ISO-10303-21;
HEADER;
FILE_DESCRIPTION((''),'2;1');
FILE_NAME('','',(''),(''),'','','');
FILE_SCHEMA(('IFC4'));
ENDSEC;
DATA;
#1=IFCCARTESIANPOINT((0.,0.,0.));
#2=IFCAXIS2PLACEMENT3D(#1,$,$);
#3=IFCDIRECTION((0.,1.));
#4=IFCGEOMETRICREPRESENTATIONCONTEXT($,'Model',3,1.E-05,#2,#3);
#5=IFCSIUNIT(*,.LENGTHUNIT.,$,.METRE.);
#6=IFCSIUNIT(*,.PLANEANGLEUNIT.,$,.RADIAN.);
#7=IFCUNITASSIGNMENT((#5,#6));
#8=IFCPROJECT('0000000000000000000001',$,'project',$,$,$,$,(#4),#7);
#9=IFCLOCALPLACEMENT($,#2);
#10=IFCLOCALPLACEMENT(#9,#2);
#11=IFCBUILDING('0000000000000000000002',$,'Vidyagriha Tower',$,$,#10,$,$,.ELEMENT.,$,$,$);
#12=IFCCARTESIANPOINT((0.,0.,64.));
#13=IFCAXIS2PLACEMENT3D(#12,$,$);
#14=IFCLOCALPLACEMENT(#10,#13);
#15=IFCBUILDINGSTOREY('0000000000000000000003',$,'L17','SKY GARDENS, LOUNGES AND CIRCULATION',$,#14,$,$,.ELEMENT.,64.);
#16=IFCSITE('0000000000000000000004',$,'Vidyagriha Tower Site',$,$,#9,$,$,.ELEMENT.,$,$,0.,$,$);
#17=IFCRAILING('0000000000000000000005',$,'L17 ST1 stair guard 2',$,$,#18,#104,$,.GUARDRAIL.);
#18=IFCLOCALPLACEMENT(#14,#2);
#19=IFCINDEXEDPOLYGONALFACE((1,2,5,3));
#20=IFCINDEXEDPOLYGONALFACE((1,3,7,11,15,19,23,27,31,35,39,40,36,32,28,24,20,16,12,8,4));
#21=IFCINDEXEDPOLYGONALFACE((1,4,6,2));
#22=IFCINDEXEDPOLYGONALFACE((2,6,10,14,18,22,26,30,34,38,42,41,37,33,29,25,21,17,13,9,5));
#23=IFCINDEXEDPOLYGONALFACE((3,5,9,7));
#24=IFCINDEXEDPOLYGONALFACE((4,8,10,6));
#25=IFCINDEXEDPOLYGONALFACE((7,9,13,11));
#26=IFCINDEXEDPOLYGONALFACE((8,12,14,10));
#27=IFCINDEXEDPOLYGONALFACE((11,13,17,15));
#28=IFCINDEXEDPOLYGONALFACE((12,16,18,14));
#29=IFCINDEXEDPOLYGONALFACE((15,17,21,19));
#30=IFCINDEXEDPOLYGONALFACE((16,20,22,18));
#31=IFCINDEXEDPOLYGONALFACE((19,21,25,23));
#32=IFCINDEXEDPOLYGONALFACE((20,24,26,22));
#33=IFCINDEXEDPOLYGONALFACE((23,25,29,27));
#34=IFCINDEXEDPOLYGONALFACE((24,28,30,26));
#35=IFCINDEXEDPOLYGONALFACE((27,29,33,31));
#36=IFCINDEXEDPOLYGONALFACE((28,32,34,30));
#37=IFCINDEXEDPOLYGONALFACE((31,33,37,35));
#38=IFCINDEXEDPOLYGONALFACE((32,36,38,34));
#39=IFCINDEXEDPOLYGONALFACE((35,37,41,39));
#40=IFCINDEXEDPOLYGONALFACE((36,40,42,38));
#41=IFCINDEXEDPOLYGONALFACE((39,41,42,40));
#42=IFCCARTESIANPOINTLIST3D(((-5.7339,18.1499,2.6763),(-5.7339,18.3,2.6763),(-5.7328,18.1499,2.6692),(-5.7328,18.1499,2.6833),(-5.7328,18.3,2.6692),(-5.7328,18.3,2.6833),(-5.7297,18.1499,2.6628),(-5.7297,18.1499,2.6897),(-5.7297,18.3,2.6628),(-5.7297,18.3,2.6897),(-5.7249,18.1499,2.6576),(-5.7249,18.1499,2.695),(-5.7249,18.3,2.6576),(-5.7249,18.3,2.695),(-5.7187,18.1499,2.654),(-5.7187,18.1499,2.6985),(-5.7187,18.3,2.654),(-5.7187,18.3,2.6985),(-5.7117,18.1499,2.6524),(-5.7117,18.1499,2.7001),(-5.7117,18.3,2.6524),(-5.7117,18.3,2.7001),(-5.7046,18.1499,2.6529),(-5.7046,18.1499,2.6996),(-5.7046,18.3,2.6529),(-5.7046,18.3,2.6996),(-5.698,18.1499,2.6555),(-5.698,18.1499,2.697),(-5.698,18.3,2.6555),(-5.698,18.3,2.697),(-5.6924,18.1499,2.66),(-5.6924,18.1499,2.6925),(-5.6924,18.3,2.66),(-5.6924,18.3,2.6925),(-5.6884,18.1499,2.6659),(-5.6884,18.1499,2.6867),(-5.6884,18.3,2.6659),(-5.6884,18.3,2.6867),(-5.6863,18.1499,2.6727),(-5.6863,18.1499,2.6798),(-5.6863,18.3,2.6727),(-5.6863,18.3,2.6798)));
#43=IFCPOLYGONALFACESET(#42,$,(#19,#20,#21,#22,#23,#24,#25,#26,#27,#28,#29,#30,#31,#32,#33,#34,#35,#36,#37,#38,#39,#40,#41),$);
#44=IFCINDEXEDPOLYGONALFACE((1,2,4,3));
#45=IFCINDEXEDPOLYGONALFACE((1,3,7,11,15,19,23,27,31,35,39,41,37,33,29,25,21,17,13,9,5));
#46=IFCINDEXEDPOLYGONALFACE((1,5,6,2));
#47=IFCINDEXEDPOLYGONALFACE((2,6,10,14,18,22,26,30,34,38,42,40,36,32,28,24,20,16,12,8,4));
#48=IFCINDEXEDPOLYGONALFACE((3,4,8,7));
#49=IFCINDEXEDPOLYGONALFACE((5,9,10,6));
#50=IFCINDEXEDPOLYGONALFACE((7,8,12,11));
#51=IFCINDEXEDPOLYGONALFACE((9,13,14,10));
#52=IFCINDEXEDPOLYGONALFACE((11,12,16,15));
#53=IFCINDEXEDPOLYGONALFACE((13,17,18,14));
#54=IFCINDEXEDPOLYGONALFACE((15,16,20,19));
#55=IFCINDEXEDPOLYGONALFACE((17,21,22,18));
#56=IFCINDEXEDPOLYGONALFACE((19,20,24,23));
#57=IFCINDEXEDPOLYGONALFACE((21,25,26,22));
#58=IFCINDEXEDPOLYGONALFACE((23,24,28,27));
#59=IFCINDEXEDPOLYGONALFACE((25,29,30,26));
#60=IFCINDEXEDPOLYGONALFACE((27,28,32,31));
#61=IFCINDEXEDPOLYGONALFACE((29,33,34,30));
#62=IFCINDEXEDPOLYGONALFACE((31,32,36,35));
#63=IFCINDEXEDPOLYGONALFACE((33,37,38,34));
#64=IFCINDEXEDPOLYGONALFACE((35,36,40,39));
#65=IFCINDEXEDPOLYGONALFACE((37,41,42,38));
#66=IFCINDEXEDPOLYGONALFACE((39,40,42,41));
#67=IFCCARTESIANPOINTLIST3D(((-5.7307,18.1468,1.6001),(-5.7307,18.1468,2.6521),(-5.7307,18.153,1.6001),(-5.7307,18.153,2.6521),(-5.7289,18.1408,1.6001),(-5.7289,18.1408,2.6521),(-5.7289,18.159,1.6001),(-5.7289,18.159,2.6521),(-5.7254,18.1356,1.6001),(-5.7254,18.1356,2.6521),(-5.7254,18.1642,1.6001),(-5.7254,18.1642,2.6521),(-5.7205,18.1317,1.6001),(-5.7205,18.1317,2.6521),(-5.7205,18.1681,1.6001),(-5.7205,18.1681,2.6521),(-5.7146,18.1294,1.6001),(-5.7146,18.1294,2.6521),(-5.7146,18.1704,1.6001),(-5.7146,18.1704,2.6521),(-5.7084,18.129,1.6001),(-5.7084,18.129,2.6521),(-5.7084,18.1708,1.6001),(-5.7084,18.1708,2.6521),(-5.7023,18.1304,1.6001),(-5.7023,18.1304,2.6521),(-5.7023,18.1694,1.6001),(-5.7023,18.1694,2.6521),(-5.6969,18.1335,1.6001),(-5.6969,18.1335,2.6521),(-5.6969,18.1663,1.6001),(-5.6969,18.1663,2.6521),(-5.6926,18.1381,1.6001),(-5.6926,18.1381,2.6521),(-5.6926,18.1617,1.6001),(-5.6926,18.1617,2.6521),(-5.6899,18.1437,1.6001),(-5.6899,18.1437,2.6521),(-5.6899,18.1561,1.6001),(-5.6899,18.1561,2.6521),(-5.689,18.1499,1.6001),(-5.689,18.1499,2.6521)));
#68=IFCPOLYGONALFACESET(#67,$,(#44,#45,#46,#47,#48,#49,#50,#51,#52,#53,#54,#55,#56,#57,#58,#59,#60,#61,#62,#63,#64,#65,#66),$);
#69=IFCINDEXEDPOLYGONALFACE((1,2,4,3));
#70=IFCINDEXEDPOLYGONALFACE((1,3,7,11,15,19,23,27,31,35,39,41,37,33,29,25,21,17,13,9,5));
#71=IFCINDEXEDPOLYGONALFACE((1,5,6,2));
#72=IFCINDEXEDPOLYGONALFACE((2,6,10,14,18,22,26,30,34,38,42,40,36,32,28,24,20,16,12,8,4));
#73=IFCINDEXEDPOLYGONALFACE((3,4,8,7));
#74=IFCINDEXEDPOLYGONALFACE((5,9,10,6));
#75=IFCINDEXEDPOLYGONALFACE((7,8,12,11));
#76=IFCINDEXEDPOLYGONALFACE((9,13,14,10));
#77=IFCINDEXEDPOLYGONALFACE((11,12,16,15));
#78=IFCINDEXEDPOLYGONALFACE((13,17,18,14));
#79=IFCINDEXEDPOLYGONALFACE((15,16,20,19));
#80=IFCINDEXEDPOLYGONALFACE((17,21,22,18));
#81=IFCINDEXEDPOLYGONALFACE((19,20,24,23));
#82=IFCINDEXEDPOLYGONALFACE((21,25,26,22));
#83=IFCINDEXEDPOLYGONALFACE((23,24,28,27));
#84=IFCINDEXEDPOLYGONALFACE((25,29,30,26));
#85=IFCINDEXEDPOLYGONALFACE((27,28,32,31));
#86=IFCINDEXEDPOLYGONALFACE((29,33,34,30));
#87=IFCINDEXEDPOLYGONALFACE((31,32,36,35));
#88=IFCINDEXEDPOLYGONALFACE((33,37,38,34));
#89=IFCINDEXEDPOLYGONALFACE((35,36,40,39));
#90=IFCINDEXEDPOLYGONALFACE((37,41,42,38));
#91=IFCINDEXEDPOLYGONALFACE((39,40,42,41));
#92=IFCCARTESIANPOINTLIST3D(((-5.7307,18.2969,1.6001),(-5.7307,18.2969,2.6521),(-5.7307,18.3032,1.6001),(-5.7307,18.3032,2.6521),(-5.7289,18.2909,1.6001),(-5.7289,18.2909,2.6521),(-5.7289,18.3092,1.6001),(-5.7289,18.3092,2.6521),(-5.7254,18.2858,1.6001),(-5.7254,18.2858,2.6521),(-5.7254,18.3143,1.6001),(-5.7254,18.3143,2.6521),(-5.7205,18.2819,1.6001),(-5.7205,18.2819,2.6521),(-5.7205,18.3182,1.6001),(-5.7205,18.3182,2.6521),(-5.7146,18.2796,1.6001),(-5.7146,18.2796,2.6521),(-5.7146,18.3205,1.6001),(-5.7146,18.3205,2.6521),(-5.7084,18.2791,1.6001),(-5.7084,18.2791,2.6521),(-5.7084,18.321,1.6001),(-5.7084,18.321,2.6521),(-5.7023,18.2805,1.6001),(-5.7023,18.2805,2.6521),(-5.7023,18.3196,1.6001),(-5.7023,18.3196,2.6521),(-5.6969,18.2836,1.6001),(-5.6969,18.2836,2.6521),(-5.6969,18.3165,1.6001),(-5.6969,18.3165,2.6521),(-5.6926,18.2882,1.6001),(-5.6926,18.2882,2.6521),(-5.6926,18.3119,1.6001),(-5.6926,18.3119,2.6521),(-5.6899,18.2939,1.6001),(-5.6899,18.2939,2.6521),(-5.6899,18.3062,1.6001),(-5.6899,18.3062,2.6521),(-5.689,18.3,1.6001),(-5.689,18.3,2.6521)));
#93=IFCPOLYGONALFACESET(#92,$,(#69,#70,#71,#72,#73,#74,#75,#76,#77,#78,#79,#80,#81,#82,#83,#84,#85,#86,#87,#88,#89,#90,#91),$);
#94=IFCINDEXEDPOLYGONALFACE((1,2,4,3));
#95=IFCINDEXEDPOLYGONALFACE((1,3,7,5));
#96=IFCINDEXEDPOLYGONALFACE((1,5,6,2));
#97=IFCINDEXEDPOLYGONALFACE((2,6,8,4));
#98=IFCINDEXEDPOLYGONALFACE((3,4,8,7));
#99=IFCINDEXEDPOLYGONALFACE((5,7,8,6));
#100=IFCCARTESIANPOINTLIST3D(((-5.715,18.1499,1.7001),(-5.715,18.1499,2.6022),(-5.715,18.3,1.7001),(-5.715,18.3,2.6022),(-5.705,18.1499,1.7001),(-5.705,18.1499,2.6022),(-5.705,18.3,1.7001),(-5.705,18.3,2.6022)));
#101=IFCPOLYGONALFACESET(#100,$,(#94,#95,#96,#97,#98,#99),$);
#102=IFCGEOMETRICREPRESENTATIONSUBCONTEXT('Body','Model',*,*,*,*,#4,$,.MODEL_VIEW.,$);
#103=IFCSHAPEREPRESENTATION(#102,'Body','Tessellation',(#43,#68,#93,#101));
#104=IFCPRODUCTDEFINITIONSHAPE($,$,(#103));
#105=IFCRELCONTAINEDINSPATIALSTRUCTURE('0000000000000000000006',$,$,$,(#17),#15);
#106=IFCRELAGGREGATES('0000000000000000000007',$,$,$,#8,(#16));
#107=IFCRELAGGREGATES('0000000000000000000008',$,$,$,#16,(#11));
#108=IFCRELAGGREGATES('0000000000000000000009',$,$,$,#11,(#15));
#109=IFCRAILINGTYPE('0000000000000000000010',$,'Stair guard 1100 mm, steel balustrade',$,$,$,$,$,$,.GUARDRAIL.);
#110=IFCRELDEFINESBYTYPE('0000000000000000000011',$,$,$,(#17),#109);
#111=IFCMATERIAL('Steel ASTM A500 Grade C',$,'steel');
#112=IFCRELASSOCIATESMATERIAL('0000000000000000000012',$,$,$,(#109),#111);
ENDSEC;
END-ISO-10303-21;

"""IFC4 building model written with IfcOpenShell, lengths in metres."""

from ifc_helpers import new_model, si_unit, direction, frame, origin, origin_2d, place, context, subcontext, project, spatial, rectangle, circle, extrude, material, type_object, element, save


model = new_model("IFC4")

# Units and contexts
model_context = context("Model", 3, precision=1e-05, world=origin(), true_north=direction((0.0, 1.0)))
body_context = subcontext(model_context, "Body", "Model", "MODEL_VIEW")
ifc_project = project(units=[si_unit("LENGTHUNIT", "METRE"), si_unit("PLANEANGLEUNIT", "RADIAN")], contexts=[model_context])

# Site, building, storey
site_placement = place(None, origin())
site = spatial("IfcSite", under=ifc_project, at=site_placement, Name="Vidyagriha Tower Site", CompositionType="ELEMENT", RefElevation=0.0)
building_placement = place(site_placement, origin())
building = spatial("IfcBuilding", under=site, at=building_placement, Name="Vidyagriha Tower", CompositionType="ELEMENT")
storey_placement = place(building_placement, frame((0.0, 0.0, 64.0)))
storey = spatial("IfcBuildingStorey", under=building, at=storey_placement, Name="L17", Description="SKY GARDENS, LOUNGES AND CIRCULATION", CompositionType="ELEMENT", Elevation=64.0)

# Railing
ifc_material_1 = material(Name="Steel ASTM A500 Grade C", Category="steel")
railing_type_1 = type_object("IfcRailingType", Name="Stair guard 1100 mm, steel balustrade", PredefinedType="GUARDRAIL", material=ifc_material_1)
railing_1_placement = place(storey_placement, frame((-5.71, 18.1499, 1.6001)))
element("IfcRailing", 1, at=railing_1_placement, inside=storey, type_object=railing_type_1, Name="L17 ST1 stair guard 2", PredefinedType="GUARDRAIL", context=body_context, shape_type="SweptSolid", body=[
    extrude(circle(Radius=0.0239, at=origin_2d()), frame((0.0, 0.0, 1.0762), z_axis=(0.0, 1.0, 0.0), x_axis=(-1.0, 0.0, 0.0)), (0.0, 0.0, 1.0), 0.1501),
    extrude(circle(Radius=0.021, at=origin_2d()), origin(), (0.0, 0.0, 1.0), 1.052),
    extrude(circle(Radius=0.021, at=origin_2d()), frame((0.0, 0.1501, 0.0)), (0.0, 0.0, 1.0), 1.052),
    extrude(rectangle(XDim=0.01, YDim=0.9021, at=origin_2d()), frame((0.0, 0.0, 0.551), z_axis=(0.0, 1.0, 0.0), x_axis=(-1.0, 0.0, 0.0)), (0.0, 0.0, 1.0), 0.1501),
])

save(model, "model.ifc")
